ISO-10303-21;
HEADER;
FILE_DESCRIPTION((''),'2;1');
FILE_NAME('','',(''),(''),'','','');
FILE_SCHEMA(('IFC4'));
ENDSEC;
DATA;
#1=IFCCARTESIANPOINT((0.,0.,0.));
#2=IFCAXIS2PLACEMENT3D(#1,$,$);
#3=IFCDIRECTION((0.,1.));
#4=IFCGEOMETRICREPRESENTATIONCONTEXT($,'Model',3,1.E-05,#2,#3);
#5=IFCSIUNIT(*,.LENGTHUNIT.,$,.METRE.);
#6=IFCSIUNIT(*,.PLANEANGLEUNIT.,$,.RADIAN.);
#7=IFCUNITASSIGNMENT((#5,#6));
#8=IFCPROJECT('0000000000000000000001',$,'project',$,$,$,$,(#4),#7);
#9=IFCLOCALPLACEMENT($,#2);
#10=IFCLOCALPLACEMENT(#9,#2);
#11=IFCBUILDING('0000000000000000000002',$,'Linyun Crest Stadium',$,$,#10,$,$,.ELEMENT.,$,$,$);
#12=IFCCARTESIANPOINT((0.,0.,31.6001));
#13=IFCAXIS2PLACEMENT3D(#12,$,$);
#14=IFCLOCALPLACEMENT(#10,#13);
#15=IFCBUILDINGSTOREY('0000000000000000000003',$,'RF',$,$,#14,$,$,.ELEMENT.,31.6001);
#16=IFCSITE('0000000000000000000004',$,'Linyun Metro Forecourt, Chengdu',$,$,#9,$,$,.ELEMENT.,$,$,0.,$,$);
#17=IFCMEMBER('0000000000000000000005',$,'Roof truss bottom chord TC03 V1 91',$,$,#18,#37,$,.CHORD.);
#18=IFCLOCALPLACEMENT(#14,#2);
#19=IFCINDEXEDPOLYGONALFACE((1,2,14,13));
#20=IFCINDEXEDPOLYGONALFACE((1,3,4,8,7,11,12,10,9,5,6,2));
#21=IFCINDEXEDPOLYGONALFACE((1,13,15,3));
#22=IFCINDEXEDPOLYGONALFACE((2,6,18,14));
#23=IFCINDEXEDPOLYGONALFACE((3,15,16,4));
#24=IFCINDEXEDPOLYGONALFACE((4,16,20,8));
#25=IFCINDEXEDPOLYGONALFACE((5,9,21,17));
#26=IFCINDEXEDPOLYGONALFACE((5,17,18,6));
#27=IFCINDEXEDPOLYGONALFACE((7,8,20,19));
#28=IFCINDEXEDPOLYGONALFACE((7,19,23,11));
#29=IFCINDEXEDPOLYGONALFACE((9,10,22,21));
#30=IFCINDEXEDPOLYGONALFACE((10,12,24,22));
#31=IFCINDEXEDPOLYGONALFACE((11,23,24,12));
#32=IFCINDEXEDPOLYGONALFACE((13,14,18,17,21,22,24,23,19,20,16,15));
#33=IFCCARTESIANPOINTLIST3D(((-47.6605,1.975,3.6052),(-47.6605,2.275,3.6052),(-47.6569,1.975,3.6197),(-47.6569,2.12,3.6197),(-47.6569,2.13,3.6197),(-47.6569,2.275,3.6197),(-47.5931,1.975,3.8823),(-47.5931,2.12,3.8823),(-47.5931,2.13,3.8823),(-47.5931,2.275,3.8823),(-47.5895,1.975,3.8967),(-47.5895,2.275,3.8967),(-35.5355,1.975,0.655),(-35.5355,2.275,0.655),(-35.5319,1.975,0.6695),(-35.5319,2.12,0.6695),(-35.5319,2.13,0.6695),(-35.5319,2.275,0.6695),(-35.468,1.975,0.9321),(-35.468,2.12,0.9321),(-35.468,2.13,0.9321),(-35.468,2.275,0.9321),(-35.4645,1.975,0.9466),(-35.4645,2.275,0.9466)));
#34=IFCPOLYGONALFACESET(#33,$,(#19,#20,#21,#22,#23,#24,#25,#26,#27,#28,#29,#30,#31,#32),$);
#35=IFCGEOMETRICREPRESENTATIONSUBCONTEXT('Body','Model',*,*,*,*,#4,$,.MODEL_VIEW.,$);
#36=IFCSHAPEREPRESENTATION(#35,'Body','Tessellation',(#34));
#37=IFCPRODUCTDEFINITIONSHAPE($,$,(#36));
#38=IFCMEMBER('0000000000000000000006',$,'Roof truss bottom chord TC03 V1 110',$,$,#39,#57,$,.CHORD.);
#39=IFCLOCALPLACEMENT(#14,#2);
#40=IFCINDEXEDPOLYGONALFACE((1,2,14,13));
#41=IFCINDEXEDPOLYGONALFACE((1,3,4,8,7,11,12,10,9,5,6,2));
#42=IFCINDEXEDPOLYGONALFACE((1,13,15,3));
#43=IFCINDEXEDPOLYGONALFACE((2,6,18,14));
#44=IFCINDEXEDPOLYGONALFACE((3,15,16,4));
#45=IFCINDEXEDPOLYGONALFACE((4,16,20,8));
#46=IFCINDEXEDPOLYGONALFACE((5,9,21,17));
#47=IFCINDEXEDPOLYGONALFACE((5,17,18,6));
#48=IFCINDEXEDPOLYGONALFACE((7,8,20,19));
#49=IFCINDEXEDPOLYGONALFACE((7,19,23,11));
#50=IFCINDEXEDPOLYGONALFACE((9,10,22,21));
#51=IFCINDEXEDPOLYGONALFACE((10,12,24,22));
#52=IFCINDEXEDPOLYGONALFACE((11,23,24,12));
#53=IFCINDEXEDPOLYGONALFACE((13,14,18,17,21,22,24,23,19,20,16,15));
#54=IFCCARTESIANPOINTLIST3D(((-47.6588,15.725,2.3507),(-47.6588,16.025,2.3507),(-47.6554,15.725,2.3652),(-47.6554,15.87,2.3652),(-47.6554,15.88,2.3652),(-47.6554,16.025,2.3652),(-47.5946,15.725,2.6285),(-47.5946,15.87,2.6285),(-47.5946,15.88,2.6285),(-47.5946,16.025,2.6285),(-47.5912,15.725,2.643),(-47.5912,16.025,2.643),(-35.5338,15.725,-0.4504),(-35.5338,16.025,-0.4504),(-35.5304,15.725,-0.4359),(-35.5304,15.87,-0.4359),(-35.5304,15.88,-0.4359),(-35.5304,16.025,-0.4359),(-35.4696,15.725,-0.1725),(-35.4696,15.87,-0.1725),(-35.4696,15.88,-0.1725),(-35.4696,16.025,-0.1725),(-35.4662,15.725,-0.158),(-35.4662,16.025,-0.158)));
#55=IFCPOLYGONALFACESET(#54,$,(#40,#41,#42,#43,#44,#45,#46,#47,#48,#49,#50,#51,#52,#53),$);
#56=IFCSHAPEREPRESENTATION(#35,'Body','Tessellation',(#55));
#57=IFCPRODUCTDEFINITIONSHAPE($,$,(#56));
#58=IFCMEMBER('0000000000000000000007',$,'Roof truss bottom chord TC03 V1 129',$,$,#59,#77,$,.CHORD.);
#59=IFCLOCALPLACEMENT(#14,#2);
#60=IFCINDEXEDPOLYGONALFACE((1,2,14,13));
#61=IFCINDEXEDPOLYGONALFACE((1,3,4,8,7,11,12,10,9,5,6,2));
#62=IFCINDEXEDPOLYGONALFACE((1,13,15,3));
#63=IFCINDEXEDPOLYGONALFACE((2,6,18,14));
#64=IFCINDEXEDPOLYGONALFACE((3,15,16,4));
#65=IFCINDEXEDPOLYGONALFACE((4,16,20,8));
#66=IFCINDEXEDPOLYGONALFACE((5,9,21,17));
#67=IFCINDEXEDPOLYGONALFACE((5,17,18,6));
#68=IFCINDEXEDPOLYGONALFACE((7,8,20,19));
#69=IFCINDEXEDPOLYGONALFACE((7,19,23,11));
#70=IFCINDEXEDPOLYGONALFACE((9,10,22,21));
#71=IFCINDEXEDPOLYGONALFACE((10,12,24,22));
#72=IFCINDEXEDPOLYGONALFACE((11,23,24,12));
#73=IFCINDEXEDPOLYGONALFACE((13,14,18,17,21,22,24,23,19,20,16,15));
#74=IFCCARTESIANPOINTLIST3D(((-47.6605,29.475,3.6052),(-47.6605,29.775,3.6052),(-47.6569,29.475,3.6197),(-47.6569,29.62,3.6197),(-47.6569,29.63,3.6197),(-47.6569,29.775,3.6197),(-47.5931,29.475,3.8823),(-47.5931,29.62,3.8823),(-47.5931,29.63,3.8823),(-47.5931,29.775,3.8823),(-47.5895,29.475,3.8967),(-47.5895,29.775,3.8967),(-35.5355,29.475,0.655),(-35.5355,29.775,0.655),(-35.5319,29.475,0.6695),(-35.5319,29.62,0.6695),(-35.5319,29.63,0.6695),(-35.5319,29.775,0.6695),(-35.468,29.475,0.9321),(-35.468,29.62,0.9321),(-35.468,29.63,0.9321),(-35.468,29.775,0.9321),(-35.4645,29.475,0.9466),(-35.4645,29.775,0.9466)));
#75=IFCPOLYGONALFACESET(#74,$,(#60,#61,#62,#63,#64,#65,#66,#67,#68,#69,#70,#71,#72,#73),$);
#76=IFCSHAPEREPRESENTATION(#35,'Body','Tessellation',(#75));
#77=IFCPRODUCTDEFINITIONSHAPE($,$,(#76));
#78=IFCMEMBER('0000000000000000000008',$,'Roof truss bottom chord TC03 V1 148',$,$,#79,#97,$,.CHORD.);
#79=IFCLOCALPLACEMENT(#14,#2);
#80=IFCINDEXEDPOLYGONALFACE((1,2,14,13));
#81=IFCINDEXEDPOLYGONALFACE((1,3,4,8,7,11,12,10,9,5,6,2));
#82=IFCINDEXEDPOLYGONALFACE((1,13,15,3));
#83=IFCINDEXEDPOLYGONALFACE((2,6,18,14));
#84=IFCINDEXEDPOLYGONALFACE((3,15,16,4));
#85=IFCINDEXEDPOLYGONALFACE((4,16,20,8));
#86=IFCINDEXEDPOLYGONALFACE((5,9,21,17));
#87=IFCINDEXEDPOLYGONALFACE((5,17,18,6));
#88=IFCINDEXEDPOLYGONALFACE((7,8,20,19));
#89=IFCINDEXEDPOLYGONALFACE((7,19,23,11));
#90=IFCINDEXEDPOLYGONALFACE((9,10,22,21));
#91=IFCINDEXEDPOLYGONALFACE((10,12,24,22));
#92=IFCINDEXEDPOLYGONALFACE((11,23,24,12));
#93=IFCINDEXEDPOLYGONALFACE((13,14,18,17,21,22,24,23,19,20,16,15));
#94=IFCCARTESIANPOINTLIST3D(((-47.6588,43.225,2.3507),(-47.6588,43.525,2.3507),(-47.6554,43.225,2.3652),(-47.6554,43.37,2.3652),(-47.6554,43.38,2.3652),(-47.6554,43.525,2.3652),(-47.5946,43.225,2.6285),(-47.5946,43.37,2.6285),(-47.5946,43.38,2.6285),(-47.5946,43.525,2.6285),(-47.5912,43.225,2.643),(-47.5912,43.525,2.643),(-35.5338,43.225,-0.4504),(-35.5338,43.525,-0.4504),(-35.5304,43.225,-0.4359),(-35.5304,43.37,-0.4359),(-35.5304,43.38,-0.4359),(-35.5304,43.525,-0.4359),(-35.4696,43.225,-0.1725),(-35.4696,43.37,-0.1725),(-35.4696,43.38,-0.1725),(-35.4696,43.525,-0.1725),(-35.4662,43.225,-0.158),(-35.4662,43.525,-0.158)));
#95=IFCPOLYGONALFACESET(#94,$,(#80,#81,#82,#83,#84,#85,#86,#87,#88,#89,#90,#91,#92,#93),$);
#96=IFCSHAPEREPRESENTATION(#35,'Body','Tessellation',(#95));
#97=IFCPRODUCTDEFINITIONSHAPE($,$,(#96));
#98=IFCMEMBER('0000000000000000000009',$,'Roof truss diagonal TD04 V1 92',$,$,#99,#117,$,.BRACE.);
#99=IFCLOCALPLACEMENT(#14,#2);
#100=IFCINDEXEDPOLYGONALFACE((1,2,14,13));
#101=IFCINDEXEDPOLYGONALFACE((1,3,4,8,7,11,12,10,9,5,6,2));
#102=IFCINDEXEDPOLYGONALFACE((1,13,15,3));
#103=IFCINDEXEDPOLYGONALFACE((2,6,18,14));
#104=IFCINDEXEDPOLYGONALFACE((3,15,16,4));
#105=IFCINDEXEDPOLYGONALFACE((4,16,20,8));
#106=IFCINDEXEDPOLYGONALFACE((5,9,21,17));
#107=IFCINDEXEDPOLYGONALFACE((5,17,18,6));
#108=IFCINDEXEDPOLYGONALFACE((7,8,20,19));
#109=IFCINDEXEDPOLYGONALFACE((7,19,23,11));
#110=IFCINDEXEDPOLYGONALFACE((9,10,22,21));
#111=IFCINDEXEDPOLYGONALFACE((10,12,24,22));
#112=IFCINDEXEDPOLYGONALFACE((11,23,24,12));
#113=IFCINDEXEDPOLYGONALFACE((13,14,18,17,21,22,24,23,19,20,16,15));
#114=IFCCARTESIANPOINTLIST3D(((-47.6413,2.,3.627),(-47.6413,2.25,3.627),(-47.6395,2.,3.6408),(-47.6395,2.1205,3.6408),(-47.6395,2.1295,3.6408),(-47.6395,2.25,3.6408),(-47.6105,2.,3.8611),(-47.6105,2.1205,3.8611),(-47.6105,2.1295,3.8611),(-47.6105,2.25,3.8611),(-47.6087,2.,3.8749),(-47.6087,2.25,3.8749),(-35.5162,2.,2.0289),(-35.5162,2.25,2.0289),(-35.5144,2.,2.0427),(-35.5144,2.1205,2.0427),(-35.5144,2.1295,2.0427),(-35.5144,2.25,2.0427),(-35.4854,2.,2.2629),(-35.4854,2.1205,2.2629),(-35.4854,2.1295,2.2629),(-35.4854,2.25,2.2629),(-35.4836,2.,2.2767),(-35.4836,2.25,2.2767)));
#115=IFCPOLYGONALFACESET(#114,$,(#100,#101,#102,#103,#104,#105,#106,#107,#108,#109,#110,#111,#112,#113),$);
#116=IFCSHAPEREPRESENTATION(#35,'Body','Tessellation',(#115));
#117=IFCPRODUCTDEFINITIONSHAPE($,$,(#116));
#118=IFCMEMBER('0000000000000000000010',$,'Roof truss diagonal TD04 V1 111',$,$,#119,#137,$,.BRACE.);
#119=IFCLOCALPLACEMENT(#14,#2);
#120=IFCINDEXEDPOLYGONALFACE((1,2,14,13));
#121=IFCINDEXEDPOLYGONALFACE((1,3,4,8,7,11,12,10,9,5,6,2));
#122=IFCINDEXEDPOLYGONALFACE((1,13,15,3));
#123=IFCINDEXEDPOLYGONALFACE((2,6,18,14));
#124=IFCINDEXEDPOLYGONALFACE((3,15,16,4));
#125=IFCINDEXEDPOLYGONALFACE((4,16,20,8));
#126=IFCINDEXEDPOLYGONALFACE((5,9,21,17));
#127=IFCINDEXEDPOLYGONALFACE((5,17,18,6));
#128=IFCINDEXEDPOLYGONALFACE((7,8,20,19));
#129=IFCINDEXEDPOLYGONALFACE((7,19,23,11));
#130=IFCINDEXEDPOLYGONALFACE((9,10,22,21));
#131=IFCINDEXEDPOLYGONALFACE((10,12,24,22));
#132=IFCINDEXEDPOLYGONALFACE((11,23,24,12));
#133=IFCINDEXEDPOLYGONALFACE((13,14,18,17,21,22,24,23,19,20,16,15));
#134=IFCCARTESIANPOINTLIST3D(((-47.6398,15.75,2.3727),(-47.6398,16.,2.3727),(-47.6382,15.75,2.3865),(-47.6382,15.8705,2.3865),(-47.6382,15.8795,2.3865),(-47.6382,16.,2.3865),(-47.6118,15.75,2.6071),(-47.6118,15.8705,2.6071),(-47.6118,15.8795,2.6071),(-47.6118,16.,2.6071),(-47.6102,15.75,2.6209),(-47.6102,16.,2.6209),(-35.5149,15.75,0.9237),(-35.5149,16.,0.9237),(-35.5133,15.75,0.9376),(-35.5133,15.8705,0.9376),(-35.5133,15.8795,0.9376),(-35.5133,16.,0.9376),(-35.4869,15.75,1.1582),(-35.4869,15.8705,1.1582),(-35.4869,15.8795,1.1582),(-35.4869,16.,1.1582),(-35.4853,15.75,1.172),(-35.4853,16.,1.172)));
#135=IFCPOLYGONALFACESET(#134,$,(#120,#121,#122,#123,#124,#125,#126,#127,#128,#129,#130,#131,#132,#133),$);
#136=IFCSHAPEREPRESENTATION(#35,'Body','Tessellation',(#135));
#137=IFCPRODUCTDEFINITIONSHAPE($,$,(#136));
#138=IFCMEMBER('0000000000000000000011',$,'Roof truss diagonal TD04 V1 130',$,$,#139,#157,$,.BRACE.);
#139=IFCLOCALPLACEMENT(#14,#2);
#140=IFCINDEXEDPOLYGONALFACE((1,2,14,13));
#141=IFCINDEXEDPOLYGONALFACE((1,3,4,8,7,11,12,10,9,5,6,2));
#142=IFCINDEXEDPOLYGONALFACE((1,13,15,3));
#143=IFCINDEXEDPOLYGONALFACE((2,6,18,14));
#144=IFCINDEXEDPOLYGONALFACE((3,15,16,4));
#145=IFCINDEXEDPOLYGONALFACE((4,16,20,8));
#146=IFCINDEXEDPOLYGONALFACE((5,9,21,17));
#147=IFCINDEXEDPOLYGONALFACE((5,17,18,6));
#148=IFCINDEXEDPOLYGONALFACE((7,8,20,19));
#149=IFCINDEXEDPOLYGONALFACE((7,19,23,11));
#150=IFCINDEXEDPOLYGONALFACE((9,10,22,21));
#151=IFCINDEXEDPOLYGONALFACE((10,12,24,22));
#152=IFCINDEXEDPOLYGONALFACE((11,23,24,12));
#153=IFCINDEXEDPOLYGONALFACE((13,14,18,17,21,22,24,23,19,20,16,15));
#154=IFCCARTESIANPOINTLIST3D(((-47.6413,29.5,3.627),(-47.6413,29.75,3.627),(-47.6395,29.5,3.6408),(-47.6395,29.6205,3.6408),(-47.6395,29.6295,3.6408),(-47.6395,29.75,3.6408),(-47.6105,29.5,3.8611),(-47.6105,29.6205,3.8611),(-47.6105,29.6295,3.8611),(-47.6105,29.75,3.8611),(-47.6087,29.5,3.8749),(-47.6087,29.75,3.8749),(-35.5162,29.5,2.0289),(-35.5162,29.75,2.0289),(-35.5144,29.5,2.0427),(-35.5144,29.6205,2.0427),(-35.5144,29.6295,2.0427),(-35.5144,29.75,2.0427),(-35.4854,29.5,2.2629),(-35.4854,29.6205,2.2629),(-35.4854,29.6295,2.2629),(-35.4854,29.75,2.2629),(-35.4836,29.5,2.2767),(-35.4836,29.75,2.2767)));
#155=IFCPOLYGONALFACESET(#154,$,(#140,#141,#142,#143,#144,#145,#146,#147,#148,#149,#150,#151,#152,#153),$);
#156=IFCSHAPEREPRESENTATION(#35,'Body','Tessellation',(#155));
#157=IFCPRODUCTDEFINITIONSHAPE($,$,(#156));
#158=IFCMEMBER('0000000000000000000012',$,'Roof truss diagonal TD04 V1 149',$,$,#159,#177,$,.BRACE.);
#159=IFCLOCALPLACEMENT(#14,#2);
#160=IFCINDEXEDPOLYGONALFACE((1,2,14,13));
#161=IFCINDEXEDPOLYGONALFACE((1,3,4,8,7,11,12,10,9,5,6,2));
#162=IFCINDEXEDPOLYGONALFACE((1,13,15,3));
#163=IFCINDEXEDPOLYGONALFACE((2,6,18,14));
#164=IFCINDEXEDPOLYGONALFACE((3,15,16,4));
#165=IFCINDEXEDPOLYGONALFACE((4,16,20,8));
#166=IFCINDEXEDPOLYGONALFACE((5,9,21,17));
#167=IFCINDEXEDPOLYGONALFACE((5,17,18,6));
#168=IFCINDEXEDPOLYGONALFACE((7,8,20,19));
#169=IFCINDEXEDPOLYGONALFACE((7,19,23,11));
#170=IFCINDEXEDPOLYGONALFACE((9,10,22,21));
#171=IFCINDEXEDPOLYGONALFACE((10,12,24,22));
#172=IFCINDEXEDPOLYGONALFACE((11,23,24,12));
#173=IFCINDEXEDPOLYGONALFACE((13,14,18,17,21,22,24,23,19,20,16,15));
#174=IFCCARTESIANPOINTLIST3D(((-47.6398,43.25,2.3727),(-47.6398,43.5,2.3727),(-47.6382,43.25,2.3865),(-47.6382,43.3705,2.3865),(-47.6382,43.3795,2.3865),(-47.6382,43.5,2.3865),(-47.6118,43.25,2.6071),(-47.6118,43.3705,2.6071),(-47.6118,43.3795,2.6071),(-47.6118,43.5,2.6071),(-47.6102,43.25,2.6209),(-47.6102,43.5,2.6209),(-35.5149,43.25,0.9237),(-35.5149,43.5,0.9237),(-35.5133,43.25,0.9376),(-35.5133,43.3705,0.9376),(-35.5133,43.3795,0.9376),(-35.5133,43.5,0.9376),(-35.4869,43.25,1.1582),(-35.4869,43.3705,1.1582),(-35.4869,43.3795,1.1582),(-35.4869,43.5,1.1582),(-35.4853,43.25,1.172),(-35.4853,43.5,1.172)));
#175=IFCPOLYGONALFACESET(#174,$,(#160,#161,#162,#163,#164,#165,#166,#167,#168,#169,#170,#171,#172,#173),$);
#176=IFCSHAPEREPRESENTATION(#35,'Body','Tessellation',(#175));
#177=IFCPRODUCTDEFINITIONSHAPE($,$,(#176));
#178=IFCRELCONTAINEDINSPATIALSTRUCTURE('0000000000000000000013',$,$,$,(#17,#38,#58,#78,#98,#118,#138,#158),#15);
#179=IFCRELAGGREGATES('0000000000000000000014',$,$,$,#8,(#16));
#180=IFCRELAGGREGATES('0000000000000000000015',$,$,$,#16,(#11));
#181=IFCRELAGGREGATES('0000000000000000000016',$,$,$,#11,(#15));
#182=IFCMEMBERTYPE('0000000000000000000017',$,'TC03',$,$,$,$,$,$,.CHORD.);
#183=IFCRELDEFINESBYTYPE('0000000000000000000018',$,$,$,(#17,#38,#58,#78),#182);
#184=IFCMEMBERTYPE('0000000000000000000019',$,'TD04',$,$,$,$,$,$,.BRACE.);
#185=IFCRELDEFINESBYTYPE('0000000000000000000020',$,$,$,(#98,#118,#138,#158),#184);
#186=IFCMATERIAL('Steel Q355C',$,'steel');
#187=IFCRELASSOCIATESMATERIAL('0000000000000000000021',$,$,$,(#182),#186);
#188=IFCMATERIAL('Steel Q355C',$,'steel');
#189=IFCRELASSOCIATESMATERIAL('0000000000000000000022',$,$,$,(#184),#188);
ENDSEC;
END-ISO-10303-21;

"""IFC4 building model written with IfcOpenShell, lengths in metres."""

from ifc_helpers import new_model, si_unit, direction, frame, origin, origin_2d, place, context, subcontext, project, spatial, i_section, extrude, material, material_profile, profile_set, type_object, element, save


model = new_model("IFC4")

# Units and contexts
model_context = context("Model", 3, precision=1e-05, world=origin(), true_north=direction((0.0, 1.0)))
body_context = subcontext(model_context, "Body", "Model", "MODEL_VIEW")
ifc_project = project(units=[si_unit("LENGTHUNIT", "METRE"), si_unit("PLANEANGLEUNIT", "RADIAN")], contexts=[model_context])

# Site, building, storey
site_placement = place(None, origin())
site = spatial("IfcSite", under=ifc_project, at=site_placement, Name="Linyun Metro Forecourt, Chengdu", CompositionType="ELEMENT", RefElevation=0.0)
building_placement = place(site_placement, origin())
building = spatial("IfcBuilding", under=site, at=building_placement, Name="Linyun Crest Stadium", CompositionType="ELEMENT")
storey_placement = place(building_placement, frame((0.0, 0.0, 31.6001)))
storey = spatial("IfcBuildingStorey", under=building, at=storey_placement, Name="RF", CompositionType="ELEMENT", Elevation=31.6001)

# Members
ifc_material_1 = material(Name="Steel Q355C", Category="steel")
ifc_material_profile_1 = material_profile(ifc_material_1, i_section(OverallWidth=0.3, OverallDepth=0.3, WebThickness=0.01, FlangeThickness=0.0149, at=origin_2d()), Name="HW 300x300")
ifc_profile_set_1 = profile_set([ifc_material_profile_1], Name="Steel Q355C")
member_type_1 = type_object("IfcMemberType", Name="TC03", PredefinedType="CHORD", material=ifc_profile_set_1)
member_1_placement = place(storey_placement, frame((-47.625, 2.125, 3.751), z_axis=(0.971652, 0.0, -0.236417), x_axis=(0.0, 1.0, 0.0)))
element("IfcMember", 1, at=member_1_placement, inside=storey, type_object=member_type_1, Name="Roof truss bottom chord TC03 V1 91", PredefinedType="CHORD", context=body_context, shape_type="SweptSolid", body=[
    extrude(i_section(OverallWidth=0.3, OverallDepth=0.3, WebThickness=0.01, FlangeThickness=0.0149, at=origin_2d()), origin(), (0.0, 0.0, 1.0), 12.4788),
])
member_2_placement = place(storey_placement, frame((-47.625, 15.875, 2.4968), z_axis=(0.974339, 0.0, -0.225084), x_axis=(0.0, 1.0, 0.0)))
element("IfcMember", 2, at=member_2_placement, inside=storey, type_object=member_type_1, Name="Roof truss bottom chord TC03 V1 110", PredefinedType="CHORD", context=body_context, shape_type="SweptSolid", body=[
    extrude(i_section(OverallWidth=0.3, OverallDepth=0.3, WebThickness=0.01, FlangeThickness=0.0149, at=origin_2d()), origin(), (0.0, 0.0, 1.0), 12.4443),
])
member_3_placement = place(storey_placement, frame((-47.625, 29.625, 3.751), z_axis=(0.971652, 0.0, -0.236417), x_axis=(0.0, 1.0, 0.0)))
element("IfcMember", 3, at=member_3_placement, inside=storey, type_object=member_type_1, Name="Roof truss bottom chord TC03 V1 129", PredefinedType="CHORD", context=body_context, shape_type="SweptSolid", body=[
    extrude(i_section(OverallWidth=0.3, OverallDepth=0.3, WebThickness=0.01, FlangeThickness=0.0149, at=origin_2d()), origin(), (0.0, 0.0, 1.0), 12.4788),
])
member_4_placement = place(storey_placement, frame((-47.625, 43.375, 2.4968), z_axis=(0.974339, 0.0, -0.225084), x_axis=(0.0, 1.0, 0.0)))
element("IfcMember", 4, at=member_4_placement, inside=storey, type_object=member_type_1, Name="Roof truss bottom chord TC03 V1 148", PredefinedType="CHORD", context=body_context, shape_type="SweptSolid", body=[
    extrude(i_section(OverallWidth=0.3, OverallDepth=0.3, WebThickness=0.01, FlangeThickness=0.0149, at=origin_2d()), origin(), (0.0, 0.0, 1.0), 12.4443),
])
ifc_material_2 = material(Name="Steel Q355C", Category="steel")
ifc_material_profile_2 = material_profile(ifc_material_2, i_section(OverallWidth=0.25, OverallDepth=0.25, WebThickness=0.009, FlangeThickness=0.0139, at=origin_2d()), Name="HW 250x250")
ifc_profile_set_2 = profile_set([ifc_material_profile_2], Name="Steel Q355C")
member_type_2 = type_object("IfcMemberType", Name="TD04", PredefinedType="BRACE", material=ifc_profile_set_2)
member_5_placement = place(storey_placement, frame((-47.625, 2.125, 3.751), z_axis=(0.991425, 0.0, -0.130676), x_axis=(0.0, 1.0, 0.0)))
element("IfcMember", 5, at=member_5_placement, inside=storey, type_object=member_type_2, Name="Roof truss diagonal TD04 V1 92", PredefinedType="BRACE", context=body_context, shape_type="SweptSolid", body=[
    extrude(i_section(OverallWidth=0.25, OverallDepth=0.25, WebThickness=0.009, FlangeThickness=0.0139, at=origin_2d()), origin(), (0.0, 0.0, 1.0), 12.23),
])
member_6_placement = place(storey_placement, frame((-47.625, 15.875, 2.4968), z_axis=(0.992935, 0.0, -0.118659), x_axis=(0.0, 1.0, 0.0)))
element("IfcMember", 6, at=member_6_placement, inside=storey, type_object=member_type_2, Name="Roof truss diagonal TD04 V1 111", PredefinedType="BRACE", context=body_context, shape_type="SweptSolid", body=[
    extrude(i_section(OverallWidth=0.25, OverallDepth=0.25, WebThickness=0.009, FlangeThickness=0.0139, at=origin_2d()), origin(), (0.0, 0.0, 1.0), 12.2112),
])
member_7_placement = place(storey_placement, frame((-47.625, 29.625, 3.751), z_axis=(0.991425, 0.0, -0.130676), x_axis=(0.0, 1.0, 0.0)))
element("IfcMember", 7, at=member_7_placement, inside=storey, type_object=member_type_2, Name="Roof truss diagonal TD04 V1 130", PredefinedType="BRACE", context=body_context, shape_type="SweptSolid", body=[
    extrude(i_section(OverallWidth=0.25, OverallDepth=0.25, WebThickness=0.009, FlangeThickness=0.0139, at=origin_2d()), origin(), (0.0, 0.0, 1.0), 12.23),
])
member_8_placement = place(storey_placement, frame((-47.625, 43.375, 2.4968), z_axis=(0.992935, 0.0, -0.118659), x_axis=(0.0, 1.0, 0.0)))
element("IfcMember", 8, at=member_8_placement, inside=storey, type_object=member_type_2, Name="Roof truss diagonal TD04 V1 149", PredefinedType="BRACE", context=body_context, shape_type="SweptSolid", body=[
    extrude(i_section(OverallWidth=0.25, OverallDepth=0.25, WebThickness=0.009, FlangeThickness=0.0139, at=origin_2d()), origin(), (0.0, 0.0, 1.0), 12.2112),
])

save(model, "model.ifc")
